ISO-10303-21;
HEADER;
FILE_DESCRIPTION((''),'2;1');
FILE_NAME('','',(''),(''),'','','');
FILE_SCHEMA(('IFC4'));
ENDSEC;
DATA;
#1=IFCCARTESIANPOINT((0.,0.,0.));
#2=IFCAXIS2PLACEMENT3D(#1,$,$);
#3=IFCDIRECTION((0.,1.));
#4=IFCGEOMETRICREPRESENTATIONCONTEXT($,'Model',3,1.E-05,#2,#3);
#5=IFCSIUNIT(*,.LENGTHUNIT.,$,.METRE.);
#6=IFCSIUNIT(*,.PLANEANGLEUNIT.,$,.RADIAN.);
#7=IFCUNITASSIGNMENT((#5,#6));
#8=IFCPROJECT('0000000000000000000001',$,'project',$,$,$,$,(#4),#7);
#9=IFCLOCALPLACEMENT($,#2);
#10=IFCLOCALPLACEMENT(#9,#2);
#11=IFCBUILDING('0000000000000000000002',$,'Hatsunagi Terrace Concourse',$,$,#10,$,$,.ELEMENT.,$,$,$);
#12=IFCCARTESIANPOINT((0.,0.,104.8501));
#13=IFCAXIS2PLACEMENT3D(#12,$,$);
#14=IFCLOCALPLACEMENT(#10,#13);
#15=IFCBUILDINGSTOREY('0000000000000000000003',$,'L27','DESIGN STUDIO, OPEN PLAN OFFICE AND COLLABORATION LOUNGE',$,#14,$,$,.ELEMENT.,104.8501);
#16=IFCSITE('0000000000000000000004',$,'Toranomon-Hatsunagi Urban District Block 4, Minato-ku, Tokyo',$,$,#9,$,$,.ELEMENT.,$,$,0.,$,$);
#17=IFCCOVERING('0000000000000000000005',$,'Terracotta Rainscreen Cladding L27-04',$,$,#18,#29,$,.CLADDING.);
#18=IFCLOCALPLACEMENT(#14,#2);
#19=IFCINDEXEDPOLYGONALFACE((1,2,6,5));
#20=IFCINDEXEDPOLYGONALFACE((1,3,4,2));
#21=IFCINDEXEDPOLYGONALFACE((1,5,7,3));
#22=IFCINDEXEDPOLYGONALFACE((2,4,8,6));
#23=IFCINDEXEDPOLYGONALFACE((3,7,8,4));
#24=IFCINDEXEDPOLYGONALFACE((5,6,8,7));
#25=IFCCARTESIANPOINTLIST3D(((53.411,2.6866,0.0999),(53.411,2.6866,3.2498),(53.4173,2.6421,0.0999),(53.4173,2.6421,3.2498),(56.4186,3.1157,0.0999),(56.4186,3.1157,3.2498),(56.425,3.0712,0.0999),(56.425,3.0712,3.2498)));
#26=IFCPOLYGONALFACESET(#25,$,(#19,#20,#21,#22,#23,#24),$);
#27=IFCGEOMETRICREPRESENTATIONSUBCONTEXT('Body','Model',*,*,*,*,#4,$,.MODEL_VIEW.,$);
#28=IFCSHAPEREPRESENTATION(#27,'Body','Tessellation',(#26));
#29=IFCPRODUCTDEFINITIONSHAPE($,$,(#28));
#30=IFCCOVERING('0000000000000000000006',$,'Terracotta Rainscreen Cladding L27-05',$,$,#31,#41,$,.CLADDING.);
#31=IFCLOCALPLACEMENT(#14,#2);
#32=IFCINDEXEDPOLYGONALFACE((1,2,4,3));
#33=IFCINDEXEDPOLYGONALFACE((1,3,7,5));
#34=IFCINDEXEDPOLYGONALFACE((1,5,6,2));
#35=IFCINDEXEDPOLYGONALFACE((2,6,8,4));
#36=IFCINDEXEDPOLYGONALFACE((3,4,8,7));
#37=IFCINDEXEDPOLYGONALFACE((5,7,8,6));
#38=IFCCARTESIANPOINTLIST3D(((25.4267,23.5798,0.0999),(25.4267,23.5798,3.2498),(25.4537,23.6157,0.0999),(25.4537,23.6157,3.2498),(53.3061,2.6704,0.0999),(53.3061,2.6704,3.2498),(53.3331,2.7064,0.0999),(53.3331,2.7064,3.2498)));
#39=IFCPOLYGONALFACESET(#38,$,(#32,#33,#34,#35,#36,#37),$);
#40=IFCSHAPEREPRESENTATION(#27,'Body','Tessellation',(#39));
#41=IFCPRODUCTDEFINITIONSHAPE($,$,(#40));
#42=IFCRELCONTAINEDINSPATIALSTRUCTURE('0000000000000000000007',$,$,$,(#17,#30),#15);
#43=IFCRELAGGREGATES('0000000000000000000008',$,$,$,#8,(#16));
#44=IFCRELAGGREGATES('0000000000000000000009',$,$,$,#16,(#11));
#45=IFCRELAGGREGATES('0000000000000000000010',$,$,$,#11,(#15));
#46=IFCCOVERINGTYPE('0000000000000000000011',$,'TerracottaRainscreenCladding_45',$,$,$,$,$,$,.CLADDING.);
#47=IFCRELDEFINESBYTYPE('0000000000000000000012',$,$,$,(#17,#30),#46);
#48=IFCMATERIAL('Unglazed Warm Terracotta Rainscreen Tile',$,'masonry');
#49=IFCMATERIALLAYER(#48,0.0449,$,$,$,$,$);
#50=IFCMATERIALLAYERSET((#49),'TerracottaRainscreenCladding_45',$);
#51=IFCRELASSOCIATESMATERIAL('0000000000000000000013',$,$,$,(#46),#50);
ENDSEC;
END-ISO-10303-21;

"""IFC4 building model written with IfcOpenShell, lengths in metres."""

from ifc_helpers import new_model, si_unit, direction, frame, origin, origin_2d, place, context, subcontext, project, spatial, rectangle, extrude, material, layer, layer_set, type_object, element, save


model = new_model("IFC4")

# Units and contexts
model_context = context("Model", 3, precision=1e-05, world=origin(), true_north=direction((0.0, 1.0)))
body_context = subcontext(model_context, "Body", "Model", "MODEL_VIEW")
ifc_project = project(units=[si_unit("LENGTHUNIT", "METRE"), si_unit("PLANEANGLEUNIT", "RADIAN")], contexts=[model_context])

# Site, building, storey
site_placement = place(None, origin())
site = spatial("IfcSite", under=ifc_project, at=site_placement, Name="Toranomon-Hatsunagi Urban District Block 4, Minato-ku, Tokyo", CompositionType="ELEMENT", RefElevation=0.0)
building_placement = place(site_placement, origin())
building = spatial("IfcBuilding", under=site, at=building_placement, Name="Hatsunagi Terrace Concourse", CompositionType="ELEMENT")
storey_placement = place(building_placement, frame((0.0, 0.0, 104.8501)))
storey = spatial("IfcBuildingStorey", under=building, at=storey_placement, Name="L27", Description="DESIGN STUDIO, OPEN PLAN OFFICE AND COLLABORATION LOUNGE", CompositionType="ELEMENT", Elevation=104.8501)

# Coverings
ifc_material_1 = material(Name="Unglazed Warm Terracotta Rainscreen Tile", Category="masonry")
ifc_layer_1 = layer(ifc_material_1, 0.0449)
ifc_layer_set_1 = layer_set([ifc_layer_1], Name="TerracottaRainscreenCladding_45")
covering_type = type_object("IfcCoveringType", Name="TerracottaRainscreenCladding_45", PredefinedType="CLADDING", material=ifc_layer_set_1)
covering_1_placement = place(storey_placement, frame((54.918, 2.8789, 0.0999), z_axis=(0.0, 0.0, 1.0), x_axis=(-0.989974, -0.14125, 0.0)))
element("IfcCovering", 1, at=covering_1_placement, inside=storey, type_object=covering_type, Name="Terracotta Rainscreen Cladding L27-04", PredefinedType="CLADDING", context=body_context, shape_type="SweptSolid", body=[
    extrude(rectangle(XDim=3.0381, YDim=0.0449, at=origin_2d()), origin(), (0.0, 0.0, 1.0), 3.1499),
])
covering_2_placement = place(storey_placement, frame((39.3799, 13.1431, 0.0999), z_axis=(0.0, 0.0, 1.0), x_axis=(-0.800003, 0.599996, 0.0)))
element("IfcCovering", 2, at=covering_2_placement, inside=storey, type_object=covering_type, Name="Terracotta Rainscreen Cladding L27-05", PredefinedType="CLADDING", context=body_context, shape_type="SweptSolid", body=[
    extrude(rectangle(XDim=34.8491, YDim=0.0449, at=origin_2d()), origin(), (0.0, 0.0, 1.0), 3.1499),
])

save(model, "model.ifc")
